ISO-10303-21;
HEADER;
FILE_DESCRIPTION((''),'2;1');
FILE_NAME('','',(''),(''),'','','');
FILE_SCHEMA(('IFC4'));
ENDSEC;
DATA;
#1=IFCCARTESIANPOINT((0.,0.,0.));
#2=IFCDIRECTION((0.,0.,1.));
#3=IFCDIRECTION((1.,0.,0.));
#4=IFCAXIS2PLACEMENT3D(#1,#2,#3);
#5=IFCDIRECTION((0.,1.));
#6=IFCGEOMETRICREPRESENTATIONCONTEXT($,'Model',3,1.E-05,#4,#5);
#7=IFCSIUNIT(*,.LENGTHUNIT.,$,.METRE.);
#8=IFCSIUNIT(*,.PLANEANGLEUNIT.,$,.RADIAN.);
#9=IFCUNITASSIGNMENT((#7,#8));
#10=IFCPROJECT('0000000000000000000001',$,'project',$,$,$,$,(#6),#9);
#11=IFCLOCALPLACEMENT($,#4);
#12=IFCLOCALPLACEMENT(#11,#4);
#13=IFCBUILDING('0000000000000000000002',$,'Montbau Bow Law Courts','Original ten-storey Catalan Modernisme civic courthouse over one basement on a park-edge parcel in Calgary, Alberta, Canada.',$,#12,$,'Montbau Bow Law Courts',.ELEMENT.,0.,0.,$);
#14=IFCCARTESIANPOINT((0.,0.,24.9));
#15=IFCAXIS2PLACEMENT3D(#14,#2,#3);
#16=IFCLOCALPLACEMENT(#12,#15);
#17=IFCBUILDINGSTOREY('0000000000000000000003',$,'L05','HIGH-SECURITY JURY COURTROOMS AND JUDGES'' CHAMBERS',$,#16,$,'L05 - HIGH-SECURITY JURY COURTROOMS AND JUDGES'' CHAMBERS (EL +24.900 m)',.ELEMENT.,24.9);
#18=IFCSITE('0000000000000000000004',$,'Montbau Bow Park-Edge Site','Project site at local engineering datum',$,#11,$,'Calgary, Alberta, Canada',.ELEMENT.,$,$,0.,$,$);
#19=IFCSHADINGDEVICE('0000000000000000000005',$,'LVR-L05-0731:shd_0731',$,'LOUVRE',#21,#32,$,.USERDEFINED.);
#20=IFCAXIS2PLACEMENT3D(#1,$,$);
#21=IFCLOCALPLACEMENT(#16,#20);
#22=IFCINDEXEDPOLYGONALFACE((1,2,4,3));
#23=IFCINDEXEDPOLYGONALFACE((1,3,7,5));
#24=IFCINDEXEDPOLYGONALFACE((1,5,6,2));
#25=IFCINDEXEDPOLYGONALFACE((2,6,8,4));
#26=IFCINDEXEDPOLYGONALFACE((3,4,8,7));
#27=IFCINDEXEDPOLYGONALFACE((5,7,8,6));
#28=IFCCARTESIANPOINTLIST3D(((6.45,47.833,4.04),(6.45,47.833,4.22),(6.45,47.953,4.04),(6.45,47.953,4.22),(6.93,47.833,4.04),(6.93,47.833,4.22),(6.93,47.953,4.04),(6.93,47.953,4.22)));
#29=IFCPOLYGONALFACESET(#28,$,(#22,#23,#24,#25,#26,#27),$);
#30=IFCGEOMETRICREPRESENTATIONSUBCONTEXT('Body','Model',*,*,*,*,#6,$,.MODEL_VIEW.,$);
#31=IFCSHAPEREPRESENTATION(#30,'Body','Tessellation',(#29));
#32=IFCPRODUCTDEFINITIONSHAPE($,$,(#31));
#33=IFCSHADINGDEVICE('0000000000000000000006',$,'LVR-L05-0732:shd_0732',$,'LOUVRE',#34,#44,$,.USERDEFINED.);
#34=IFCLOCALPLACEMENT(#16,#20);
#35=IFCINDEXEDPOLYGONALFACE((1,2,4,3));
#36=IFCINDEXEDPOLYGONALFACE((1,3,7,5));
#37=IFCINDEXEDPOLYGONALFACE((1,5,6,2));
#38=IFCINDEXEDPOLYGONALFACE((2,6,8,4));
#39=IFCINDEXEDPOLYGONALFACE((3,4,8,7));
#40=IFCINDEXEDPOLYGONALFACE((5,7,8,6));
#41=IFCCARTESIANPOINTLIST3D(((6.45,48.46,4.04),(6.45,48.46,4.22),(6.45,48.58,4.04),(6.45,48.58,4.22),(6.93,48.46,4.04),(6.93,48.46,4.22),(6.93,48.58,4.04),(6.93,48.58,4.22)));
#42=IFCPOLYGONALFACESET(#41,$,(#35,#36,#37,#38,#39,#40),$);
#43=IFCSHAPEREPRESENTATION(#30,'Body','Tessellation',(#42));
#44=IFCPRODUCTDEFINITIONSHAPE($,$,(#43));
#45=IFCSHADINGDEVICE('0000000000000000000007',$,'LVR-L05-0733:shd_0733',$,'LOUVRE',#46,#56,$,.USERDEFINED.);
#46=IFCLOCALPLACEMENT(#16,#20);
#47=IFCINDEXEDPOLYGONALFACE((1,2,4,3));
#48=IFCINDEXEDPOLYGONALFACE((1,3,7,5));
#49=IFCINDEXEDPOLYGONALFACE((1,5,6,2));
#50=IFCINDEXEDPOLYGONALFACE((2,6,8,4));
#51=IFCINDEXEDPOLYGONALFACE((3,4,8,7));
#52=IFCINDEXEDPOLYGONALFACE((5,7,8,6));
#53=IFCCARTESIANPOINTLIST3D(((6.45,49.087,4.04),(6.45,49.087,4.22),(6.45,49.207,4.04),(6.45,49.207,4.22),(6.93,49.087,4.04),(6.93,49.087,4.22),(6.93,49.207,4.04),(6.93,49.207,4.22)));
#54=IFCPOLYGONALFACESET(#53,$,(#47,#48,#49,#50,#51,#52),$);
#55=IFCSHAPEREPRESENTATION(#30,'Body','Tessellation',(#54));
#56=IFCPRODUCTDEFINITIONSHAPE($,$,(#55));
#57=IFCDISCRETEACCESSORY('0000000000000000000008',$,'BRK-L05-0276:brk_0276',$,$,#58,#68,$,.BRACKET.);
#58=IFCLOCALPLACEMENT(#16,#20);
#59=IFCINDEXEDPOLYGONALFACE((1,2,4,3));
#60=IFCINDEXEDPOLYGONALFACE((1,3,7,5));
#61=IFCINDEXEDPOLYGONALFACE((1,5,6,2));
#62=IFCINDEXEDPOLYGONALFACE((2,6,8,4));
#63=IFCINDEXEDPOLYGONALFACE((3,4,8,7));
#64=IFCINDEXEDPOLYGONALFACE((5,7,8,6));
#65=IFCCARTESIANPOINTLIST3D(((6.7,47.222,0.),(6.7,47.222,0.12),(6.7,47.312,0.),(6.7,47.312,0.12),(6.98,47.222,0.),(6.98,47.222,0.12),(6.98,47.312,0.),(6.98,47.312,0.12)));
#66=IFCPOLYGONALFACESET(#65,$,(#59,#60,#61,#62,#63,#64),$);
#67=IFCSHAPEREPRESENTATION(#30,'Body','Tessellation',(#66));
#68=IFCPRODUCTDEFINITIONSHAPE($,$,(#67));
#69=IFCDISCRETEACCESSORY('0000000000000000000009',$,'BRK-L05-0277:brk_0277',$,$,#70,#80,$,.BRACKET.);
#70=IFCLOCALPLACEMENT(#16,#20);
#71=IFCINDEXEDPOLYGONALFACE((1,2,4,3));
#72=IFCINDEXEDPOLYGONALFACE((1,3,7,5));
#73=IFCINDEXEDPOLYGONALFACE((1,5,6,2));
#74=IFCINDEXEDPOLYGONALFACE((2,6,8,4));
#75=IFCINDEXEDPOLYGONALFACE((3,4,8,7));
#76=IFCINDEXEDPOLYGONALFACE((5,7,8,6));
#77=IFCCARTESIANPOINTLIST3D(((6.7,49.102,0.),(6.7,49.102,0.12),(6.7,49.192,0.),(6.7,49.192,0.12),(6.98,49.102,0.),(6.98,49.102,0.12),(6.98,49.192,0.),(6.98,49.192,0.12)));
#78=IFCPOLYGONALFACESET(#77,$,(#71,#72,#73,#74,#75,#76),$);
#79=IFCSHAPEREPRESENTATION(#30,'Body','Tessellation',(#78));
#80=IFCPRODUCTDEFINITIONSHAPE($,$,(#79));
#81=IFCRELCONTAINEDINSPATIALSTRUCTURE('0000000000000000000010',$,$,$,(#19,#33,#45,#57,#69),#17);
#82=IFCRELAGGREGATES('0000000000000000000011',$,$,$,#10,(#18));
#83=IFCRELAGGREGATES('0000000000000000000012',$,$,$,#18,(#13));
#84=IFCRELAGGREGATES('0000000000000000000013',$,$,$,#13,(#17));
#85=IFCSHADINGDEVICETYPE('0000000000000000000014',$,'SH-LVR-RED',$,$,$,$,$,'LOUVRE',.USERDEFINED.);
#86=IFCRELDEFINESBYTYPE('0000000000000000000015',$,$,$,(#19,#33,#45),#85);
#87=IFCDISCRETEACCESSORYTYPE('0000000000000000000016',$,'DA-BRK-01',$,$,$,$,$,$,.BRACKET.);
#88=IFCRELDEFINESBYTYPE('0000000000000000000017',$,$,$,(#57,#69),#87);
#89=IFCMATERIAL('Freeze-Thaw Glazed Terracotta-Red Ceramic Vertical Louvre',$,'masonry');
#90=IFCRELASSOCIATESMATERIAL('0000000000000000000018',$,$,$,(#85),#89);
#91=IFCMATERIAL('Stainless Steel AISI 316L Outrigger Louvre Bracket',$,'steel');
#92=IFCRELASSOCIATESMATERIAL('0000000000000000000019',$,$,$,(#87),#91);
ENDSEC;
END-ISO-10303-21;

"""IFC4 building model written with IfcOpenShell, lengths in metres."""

from ifc_helpers import new_model, si_unit, direction, frame, origin_with_axes, origin_2d_with_axis, place, context, subcontext, project, spatial, rectangle, extrude, material, type_object, element, save


model = new_model("IFC4")

# Units and contexts
model_context = context("Model", 3, precision=1e-05, world=origin_with_axes(), true_north=direction((0.0, 1.0)))
body_context = subcontext(model_context, "Body", "Model", "MODEL_VIEW")
ifc_project = project(units=[si_unit("LENGTHUNIT", "METRE"), si_unit("PLANEANGLEUNIT", "RADIAN")], contexts=[model_context])

# Site, building, storey
site_placement = place(None, origin_with_axes())
site = spatial("IfcSite", under=ifc_project, at=site_placement, Name="Montbau Bow Park-Edge Site", Description="Project site at local engineering datum", LongName="Calgary, Alberta, Canada", CompositionType="ELEMENT", RefElevation=0.0)
building_placement = place(site_placement, origin_with_axes())
building = spatial("IfcBuilding", under=site, at=building_placement, Name="Montbau Bow Law Courts", Description="Original ten-storey Catalan Modernisme civic courthouse over one basement on a park-edge parcel in Calgary, Alberta, Canada.", LongName="Montbau Bow Law Courts", CompositionType="ELEMENT", ElevationOfRefHeight=0.0, ElevationOfTerrain=0.0)
storey_placement = place(building_placement, frame((0.0, 0.0, 24.9), z_axis=(0.0, 0.0, 1.0), x_axis=(1.0, 0.0, 0.0)))
storey = spatial("IfcBuildingStorey", under=building, at=storey_placement, Name="L05", Description="HIGH-SECURITY JURY COURTROOMS AND JUDGES' CHAMBERS", LongName="L05 - HIGH-SECURITY JURY COURTROOMS AND JUDGES' CHAMBERS (EL +24.900 m)", CompositionType="ELEMENT", Elevation=24.9)

# Shared definitions
ifc_material_1 = material(Name="Freeze-Thaw Glazed Terracotta-Red Ceramic Vertical Louvre", Category="masonry")

# Shading devices
shading_device_type = type_object("IfcShadingDeviceType", Name="SH-LVR-RED", ElementType="LOUVRE", PredefinedType="USERDEFINED", material=ifc_material_1)
for number, where, z_axis, x_axis, name in (
    (1, (6.69, 47.893, 28.94), (0.0, 0.0, 1.0), (-1.0, 0.0, 0.0), "LVR-L05-0731:shd_0731"),
    (2, (6.69, 48.52, 28.94), (0.0, 0.0, 1.0), (-1.0, 0.0, 0.0), "LVR-L05-0732:shd_0732"),
    (3, (6.69, 49.147, 28.94), (0.0, 0.0, 1.0), (-1.0, 0.0, 0.0), "LVR-L05-0733:shd_0733"),
):
    element("IfcShadingDevice", number, at=place(None, frame(where, z_axis=z_axis, x_axis=x_axis)), inside=storey, type_object=shading_device_type, Name=name, ObjectType="LOUVRE", PredefinedType="USERDEFINED", context=body_context, shape_type="SweptSolid", body=[
        extrude(rectangle(XDim=0.48, YDim=0.12, at=origin_2d_with_axis()), origin_with_axes(), (0.0, 0.0, 1.0), 0.18),
    ])

# Discrete accessories
ifc_material_2 = material(Name="Stainless Steel AISI 316L Outrigger Louvre Bracket", Category="steel")
discrete_accessory_type = type_object("IfcDiscreteAccessoryType", Name="DA-BRK-01", PredefinedType="BRACKET", material=ifc_material_2)
for number, where, z_axis, x_axis, name in (
    (4, (6.84, 47.267, 24.9), (0.0, 0.0, 1.0), (-1.0, 0.0, 0.0), "BRK-L05-0276:brk_0276"),
    (5, (6.84, 49.147, 24.9), (0.0, 0.0, 1.0), (-1.0, 0.0, 0.0), "BRK-L05-0277:brk_0277"),
):
    element("IfcDiscreteAccessory", number, at=place(None, frame(where, z_axis=z_axis, x_axis=x_axis)), inside=storey, type_object=discrete_accessory_type, Name=name, PredefinedType="BRACKET", context=body_context, shape_type="SweptSolid", body=[
        extrude(rectangle(XDim=0.28, YDim=0.09, at=origin_2d_with_axis()), origin_with_axes(), (0.0, 0.0, 1.0), 0.12),
    ])

save(model, "model.ifc")
